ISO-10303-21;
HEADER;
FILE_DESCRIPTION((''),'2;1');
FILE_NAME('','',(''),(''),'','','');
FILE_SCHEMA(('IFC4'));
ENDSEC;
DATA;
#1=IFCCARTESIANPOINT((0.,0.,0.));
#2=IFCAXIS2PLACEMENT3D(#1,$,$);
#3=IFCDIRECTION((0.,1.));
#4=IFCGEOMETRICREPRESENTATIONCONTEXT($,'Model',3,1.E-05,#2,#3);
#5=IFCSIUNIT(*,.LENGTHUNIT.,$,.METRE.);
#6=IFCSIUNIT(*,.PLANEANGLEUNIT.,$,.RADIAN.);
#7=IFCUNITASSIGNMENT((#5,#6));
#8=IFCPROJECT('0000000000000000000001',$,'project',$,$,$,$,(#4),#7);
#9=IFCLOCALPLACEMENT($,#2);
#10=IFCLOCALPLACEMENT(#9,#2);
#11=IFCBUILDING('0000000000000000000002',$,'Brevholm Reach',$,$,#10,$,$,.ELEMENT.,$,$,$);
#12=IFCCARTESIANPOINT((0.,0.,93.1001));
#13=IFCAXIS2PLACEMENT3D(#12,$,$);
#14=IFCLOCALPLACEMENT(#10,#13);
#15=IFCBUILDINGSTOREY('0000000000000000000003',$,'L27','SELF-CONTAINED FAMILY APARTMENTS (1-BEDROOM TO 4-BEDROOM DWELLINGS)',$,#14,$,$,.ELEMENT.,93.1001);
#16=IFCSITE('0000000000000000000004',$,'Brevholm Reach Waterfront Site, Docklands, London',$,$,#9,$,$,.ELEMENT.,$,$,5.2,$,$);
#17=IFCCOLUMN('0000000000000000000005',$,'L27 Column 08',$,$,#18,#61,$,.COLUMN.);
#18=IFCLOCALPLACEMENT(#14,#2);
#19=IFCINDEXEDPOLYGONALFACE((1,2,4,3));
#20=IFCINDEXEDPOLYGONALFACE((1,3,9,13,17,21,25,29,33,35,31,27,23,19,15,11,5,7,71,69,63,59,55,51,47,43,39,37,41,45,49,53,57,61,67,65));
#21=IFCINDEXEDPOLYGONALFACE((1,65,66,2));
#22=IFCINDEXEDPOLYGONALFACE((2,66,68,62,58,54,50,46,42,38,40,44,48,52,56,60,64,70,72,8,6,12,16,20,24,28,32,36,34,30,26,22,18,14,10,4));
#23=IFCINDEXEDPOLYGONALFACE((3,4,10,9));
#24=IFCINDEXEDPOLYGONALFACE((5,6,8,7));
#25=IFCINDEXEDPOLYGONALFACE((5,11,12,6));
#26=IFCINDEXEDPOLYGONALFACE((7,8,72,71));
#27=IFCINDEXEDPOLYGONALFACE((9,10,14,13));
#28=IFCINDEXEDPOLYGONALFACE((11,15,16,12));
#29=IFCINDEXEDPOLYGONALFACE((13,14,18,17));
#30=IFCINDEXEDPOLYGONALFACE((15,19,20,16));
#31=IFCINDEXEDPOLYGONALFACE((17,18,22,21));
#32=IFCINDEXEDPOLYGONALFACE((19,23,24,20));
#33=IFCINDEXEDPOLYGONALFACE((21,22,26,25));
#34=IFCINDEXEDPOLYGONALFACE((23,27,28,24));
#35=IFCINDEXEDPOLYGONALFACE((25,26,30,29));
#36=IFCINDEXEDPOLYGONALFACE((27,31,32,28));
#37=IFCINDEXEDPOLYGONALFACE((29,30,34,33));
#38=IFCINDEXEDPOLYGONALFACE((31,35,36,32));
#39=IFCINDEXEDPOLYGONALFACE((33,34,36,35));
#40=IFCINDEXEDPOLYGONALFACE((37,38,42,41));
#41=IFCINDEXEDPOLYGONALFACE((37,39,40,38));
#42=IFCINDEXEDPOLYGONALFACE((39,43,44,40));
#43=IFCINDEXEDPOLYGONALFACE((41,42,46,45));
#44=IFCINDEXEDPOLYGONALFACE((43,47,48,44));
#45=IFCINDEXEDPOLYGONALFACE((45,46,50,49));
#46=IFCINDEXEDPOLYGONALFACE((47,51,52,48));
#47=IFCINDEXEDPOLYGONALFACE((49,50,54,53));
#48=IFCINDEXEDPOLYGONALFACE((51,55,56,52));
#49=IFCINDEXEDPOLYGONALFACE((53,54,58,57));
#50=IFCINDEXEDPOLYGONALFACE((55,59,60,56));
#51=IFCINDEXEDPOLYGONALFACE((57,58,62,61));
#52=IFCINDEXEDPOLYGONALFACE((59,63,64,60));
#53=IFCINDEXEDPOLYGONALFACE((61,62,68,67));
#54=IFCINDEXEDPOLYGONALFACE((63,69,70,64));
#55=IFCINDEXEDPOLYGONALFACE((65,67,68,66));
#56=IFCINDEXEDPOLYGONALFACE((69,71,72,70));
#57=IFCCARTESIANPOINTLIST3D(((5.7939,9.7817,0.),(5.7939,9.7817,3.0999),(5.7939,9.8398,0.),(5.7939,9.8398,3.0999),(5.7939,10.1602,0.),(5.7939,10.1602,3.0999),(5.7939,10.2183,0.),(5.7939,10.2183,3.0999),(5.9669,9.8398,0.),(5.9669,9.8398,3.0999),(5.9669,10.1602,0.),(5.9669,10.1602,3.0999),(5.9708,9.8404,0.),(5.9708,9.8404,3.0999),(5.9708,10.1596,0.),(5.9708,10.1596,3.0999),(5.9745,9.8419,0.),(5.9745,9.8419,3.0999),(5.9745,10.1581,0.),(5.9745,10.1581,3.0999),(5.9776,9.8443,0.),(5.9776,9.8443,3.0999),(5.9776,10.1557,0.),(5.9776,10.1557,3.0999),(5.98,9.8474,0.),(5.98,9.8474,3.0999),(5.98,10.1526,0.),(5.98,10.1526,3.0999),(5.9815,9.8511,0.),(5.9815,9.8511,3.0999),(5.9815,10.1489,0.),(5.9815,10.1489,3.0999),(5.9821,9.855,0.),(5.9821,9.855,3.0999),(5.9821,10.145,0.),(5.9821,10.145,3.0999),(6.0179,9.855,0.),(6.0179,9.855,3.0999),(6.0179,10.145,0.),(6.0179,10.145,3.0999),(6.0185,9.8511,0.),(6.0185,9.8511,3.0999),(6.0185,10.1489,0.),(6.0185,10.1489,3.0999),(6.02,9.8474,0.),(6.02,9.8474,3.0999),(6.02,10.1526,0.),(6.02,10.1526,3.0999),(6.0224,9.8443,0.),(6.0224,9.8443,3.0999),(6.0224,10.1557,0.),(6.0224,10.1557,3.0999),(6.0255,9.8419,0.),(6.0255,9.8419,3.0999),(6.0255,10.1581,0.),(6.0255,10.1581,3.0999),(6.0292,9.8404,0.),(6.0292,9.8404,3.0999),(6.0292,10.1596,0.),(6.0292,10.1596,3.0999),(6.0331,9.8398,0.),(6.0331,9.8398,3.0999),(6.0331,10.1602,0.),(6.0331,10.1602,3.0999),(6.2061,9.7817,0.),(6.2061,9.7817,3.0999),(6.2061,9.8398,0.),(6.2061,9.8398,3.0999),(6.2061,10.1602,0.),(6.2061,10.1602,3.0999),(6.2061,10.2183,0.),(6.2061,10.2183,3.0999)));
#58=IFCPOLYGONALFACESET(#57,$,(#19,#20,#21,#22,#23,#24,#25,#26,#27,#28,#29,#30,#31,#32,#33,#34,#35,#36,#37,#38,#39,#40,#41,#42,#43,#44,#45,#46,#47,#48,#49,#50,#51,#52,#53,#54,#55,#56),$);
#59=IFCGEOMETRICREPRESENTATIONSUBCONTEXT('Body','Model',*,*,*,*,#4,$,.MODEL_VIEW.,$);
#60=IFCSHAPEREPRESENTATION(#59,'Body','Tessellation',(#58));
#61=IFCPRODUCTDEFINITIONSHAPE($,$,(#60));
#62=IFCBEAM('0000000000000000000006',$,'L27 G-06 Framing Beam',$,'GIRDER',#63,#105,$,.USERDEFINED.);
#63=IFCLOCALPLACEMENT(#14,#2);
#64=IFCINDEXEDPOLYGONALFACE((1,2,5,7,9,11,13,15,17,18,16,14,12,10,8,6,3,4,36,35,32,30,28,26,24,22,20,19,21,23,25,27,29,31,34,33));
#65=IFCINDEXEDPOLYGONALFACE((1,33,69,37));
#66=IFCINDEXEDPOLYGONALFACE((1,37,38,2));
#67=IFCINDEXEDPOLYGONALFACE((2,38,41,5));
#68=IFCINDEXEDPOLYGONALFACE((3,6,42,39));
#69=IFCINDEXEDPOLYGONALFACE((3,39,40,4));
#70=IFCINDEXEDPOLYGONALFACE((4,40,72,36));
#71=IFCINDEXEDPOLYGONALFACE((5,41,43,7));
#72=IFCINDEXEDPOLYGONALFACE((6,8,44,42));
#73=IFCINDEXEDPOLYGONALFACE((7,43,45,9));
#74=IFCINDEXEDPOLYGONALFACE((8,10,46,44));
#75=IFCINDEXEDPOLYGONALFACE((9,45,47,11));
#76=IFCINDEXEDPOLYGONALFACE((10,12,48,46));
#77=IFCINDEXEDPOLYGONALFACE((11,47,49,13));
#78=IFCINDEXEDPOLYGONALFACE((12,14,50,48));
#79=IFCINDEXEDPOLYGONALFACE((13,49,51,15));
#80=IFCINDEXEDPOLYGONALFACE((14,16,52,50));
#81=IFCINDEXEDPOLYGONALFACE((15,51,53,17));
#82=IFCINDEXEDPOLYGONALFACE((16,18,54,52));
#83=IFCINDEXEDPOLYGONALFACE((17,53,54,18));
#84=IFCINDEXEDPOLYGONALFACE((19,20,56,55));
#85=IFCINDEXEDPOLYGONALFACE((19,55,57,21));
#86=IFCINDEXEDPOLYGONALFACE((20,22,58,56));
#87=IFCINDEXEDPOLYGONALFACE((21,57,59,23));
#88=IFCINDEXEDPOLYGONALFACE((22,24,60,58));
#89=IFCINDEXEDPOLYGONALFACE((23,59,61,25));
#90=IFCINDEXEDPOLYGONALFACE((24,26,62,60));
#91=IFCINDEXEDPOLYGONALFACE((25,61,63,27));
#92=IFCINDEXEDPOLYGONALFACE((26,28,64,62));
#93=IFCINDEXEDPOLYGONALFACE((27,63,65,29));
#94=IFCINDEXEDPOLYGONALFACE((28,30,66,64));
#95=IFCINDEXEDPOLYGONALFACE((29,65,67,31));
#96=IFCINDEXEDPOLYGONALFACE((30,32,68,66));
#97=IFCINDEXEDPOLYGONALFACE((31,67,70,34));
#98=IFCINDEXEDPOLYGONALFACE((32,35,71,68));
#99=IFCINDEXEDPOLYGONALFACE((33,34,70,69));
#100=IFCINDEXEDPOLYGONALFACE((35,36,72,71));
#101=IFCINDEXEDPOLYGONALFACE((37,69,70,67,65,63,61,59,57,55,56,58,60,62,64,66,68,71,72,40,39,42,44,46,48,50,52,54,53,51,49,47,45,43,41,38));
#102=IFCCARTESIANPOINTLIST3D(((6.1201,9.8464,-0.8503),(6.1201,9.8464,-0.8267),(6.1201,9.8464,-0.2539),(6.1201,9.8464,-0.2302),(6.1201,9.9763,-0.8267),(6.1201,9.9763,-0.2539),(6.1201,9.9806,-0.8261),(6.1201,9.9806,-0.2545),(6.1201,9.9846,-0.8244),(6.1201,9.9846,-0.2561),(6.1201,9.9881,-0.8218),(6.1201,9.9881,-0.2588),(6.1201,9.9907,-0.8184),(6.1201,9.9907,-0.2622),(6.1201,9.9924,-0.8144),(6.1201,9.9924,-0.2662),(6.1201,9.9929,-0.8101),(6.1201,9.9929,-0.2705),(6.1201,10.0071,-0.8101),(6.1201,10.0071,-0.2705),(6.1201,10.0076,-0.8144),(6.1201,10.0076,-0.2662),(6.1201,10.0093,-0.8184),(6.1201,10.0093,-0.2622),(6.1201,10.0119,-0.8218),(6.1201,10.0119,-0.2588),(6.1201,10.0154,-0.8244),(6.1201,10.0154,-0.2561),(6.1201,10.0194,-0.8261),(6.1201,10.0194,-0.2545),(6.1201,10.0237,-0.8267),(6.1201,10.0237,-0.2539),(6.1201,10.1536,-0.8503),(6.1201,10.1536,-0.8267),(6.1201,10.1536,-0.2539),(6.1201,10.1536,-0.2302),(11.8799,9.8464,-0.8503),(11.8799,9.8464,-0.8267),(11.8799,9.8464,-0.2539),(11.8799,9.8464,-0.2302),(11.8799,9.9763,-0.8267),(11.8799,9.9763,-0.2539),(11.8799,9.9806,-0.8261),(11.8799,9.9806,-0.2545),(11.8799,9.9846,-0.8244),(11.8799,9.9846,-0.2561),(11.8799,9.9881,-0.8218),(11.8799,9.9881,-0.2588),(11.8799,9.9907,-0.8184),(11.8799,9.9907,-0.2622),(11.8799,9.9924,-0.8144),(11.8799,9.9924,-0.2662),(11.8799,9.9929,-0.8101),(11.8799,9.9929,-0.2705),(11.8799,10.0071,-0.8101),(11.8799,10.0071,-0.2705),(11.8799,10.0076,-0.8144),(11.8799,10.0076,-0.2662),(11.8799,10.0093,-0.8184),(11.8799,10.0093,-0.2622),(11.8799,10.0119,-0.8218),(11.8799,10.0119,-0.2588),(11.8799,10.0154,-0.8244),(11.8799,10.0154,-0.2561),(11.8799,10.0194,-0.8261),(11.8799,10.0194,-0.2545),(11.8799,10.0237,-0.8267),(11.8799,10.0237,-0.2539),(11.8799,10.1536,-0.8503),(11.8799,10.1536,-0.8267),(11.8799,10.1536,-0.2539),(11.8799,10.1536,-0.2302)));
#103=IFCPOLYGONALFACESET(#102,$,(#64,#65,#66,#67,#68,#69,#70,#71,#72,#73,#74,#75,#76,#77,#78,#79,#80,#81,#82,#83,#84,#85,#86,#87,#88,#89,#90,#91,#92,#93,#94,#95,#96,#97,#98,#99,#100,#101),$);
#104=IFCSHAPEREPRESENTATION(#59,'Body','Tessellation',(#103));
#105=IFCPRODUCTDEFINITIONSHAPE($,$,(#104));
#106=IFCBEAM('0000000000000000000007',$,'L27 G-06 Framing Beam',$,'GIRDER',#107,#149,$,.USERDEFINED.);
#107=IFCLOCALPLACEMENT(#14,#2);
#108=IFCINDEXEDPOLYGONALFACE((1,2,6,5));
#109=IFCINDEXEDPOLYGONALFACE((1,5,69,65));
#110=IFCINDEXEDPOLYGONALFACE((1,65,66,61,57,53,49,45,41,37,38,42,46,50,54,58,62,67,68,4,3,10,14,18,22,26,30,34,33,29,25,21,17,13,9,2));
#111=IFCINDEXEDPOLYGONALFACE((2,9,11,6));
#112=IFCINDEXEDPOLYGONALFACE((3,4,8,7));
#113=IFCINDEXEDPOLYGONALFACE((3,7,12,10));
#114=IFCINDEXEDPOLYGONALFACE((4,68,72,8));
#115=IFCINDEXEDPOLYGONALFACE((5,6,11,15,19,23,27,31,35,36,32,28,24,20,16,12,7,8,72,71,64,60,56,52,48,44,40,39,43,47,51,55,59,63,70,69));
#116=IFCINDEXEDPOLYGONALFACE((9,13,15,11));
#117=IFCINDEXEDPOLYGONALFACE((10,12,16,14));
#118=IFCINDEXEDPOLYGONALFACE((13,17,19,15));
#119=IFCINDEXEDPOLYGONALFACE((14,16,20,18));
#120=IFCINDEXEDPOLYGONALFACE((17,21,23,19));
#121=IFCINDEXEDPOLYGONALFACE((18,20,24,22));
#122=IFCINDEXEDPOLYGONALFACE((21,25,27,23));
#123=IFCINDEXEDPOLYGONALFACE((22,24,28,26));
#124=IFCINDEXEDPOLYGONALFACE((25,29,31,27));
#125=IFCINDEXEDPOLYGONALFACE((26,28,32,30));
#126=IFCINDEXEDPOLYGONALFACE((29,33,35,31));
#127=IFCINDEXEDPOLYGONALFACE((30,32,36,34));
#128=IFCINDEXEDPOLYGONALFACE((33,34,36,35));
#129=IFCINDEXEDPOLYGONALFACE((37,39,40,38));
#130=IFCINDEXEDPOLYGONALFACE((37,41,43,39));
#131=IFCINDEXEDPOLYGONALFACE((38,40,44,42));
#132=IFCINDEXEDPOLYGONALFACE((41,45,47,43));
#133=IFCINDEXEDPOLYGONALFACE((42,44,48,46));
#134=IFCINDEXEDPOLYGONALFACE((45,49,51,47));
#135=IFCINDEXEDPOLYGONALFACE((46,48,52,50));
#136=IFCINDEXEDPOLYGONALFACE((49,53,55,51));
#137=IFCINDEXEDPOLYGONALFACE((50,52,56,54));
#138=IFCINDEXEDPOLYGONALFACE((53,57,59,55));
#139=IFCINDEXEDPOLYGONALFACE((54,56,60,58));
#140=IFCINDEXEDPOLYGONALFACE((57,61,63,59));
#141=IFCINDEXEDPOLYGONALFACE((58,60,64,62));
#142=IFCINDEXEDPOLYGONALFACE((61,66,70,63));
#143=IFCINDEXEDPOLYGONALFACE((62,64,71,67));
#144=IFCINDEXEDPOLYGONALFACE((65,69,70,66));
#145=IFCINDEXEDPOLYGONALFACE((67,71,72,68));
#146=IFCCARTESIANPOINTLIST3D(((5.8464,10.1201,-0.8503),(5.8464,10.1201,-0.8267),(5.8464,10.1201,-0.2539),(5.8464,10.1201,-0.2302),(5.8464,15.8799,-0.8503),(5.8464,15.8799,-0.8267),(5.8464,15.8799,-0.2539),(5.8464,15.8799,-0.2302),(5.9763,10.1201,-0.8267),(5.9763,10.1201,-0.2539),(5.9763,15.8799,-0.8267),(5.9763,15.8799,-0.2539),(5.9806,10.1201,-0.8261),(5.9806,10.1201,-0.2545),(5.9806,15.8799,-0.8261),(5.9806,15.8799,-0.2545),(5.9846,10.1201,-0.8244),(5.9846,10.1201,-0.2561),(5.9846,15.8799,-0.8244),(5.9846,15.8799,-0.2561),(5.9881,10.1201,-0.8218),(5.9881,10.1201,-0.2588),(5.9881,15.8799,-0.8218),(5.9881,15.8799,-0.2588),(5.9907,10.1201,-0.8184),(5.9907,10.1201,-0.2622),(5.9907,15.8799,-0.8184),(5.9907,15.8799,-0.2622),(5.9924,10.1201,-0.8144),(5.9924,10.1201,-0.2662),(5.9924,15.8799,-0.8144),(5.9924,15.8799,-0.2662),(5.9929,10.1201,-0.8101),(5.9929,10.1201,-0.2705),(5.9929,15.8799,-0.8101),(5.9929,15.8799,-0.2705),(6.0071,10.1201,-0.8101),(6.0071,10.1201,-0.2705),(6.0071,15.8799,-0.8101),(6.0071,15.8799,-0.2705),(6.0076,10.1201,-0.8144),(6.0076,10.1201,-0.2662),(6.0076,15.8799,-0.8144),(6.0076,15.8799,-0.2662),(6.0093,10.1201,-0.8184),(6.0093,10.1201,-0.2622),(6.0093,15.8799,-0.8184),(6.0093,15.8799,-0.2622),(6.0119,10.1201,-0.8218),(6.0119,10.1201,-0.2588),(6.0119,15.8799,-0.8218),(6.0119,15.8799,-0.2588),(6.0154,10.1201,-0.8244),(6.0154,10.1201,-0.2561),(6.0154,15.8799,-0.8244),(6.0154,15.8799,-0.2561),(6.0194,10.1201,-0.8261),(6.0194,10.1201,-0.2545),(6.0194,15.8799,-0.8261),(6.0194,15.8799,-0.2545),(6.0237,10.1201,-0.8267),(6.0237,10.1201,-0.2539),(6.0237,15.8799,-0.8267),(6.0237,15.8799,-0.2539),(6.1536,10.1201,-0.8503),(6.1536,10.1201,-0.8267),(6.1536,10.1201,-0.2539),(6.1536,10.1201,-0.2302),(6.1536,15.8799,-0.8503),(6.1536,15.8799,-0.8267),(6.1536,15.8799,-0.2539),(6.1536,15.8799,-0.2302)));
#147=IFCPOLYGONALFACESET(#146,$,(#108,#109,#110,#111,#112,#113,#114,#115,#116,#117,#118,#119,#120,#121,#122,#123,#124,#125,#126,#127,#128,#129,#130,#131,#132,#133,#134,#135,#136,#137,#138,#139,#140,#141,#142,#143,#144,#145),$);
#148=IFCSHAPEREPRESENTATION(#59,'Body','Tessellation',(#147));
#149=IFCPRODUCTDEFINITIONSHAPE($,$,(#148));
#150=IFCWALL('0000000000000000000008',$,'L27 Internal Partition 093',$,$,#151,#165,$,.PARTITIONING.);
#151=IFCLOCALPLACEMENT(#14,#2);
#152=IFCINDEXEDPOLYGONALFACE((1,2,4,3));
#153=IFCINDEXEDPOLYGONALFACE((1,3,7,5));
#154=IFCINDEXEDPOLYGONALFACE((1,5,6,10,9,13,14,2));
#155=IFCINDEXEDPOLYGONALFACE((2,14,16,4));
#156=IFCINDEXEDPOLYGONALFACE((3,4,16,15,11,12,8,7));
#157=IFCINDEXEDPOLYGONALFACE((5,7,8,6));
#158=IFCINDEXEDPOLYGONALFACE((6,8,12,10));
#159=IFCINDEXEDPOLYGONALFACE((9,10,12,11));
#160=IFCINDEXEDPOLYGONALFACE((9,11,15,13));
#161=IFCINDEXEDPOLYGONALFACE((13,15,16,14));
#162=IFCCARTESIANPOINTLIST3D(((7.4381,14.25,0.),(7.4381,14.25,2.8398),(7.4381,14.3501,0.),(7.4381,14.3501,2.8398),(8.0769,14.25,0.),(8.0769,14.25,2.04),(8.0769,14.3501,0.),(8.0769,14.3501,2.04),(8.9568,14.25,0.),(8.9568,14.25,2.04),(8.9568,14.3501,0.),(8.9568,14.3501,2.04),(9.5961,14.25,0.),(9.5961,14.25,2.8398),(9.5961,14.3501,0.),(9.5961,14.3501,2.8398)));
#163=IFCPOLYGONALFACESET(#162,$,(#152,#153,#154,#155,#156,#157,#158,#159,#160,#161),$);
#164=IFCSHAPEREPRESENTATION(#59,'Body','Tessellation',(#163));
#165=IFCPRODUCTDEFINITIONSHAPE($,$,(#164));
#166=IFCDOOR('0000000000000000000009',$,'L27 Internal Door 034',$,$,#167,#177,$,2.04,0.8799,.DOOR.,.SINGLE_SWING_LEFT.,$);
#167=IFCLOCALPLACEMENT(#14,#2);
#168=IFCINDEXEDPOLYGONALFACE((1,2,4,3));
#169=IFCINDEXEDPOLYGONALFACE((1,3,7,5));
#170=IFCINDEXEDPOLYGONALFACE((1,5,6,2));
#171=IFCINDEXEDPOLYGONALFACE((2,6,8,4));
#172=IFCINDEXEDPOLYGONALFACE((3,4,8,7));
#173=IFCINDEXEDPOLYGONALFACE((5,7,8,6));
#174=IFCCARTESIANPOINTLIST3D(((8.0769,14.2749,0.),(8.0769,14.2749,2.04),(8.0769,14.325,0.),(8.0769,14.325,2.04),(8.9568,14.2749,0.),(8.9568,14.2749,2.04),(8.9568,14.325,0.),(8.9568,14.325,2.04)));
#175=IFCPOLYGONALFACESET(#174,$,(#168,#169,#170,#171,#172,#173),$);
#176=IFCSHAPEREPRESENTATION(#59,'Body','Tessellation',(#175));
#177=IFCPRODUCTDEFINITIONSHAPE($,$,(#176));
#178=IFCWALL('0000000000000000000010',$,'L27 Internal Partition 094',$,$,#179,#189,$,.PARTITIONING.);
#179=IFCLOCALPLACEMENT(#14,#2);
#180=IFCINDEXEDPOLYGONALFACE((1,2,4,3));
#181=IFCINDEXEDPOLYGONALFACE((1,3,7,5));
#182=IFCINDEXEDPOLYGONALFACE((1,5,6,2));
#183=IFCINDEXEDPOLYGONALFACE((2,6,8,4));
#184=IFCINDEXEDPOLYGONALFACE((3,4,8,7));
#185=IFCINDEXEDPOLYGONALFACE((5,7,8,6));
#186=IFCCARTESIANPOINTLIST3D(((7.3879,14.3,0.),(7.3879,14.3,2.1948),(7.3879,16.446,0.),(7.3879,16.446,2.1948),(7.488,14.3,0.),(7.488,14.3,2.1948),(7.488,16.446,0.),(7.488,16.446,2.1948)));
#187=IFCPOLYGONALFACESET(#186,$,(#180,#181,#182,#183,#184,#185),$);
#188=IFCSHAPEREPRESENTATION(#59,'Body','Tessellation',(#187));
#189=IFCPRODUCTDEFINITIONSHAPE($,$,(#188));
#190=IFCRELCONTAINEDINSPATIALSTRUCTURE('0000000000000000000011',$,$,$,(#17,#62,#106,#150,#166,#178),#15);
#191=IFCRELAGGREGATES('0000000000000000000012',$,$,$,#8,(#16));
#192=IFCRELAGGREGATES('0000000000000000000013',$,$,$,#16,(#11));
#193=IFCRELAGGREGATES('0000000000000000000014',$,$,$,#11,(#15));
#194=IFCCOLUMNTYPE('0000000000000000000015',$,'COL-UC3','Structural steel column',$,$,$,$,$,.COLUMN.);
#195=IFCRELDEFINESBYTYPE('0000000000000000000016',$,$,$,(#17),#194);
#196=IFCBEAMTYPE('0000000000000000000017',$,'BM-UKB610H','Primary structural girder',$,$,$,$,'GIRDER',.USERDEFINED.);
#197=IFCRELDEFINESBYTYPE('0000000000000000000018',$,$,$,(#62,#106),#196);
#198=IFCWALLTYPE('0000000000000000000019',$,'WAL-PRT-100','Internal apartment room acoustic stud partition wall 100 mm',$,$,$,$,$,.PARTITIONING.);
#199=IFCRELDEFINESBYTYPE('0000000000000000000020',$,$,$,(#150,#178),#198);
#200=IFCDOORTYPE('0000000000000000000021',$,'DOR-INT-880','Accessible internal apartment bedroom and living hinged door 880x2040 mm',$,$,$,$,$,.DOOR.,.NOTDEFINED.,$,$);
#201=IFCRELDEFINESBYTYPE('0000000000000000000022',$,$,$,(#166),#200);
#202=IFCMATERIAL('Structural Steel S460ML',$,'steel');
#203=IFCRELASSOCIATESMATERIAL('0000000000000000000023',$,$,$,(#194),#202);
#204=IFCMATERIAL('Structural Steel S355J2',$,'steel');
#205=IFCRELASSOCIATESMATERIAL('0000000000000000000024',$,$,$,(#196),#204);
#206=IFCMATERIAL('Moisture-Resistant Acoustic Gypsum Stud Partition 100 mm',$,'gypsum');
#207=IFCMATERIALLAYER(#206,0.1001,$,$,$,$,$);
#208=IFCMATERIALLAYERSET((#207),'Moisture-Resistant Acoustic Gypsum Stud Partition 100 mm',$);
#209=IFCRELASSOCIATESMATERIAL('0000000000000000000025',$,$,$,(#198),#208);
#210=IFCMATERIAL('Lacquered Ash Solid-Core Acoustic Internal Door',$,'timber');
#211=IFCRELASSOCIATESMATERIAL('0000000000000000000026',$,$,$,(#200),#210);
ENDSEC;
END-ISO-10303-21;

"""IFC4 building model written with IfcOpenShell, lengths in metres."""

from ifc_helpers import new_model, si_unit, direction, frame, frame_2d, origin, origin_2d, place, context, subcontext, project, spatial, rectangle, i_section, extrude, material, layer, layer_set, material_profile, profile_set, type_object, element, fill, save


model = new_model("IFC4")

# Units and contexts
model_context = context("Model", 3, precision=1e-05, world=origin(), true_north=direction((0.0, 1.0)))
body_context = subcontext(model_context, "Body", "Model", "MODEL_VIEW")
ifc_project = project(units=[si_unit("LENGTHUNIT", "METRE"), si_unit("PLANEANGLEUNIT", "RADIAN")], contexts=[model_context])

# Site, building, storey
site_placement = place(None, origin())
site = spatial("IfcSite", under=ifc_project, at=site_placement, Name="Brevholm Reach Waterfront Site, Docklands, London", CompositionType="ELEMENT", RefElevation=5.2)
building_placement = place(site_placement, origin())
building = spatial("IfcBuilding", under=site, at=building_placement, Name="Brevholm Reach", CompositionType="ELEMENT")
storey_placement = place(building_placement, frame((0.0, 0.0, 93.1001)))
storey = spatial("IfcBuildingStorey", under=building, at=storey_placement, Name="L27", Description="SELF-CONTAINED FAMILY APARTMENTS (1-BEDROOM TO 4-BEDROOM DWELLINGS)", CompositionType="ELEMENT", Elevation=93.1001)

# Column
ifc_material_1 = material(Name="Structural Steel S460ML", Category="steel")
ifc_material_profile_1 = material_profile(ifc_material_1, i_section(OverallWidth=0.4121, OverallDepth=0.4365, WebThickness=0.0359, FlangeThickness=0.0581, FilletRadius=0.0151, at=origin_2d()), Name="UKC 356x406x467")
ifc_profile_set_1 = profile_set([ifc_material_profile_1], Name="Structural Steel S460ML")
column_type = type_object("IfcColumnType", Name="COL-UC3", Description="Structural steel column", PredefinedType="COLUMN", material=ifc_profile_set_1)
column_placement = place(storey_placement, frame((6.0, 10.0, 0.0), z_axis=(0.0, 0.0, 1.0), x_axis=(1.0, 0.0, 0.0)))
element("IfcColumn", 1, at=column_placement, inside=storey, type_object=column_type, Name="L27 Column 08", PredefinedType="COLUMN", context=body_context, shape_type="SweptSolid", body=[
    extrude(i_section(OverallWidth=0.4121, OverallDepth=0.4365, WebThickness=0.0359, FlangeThickness=0.0581, FilletRadius=0.0151, at=origin_2d()), origin(), (0.0, 0.0, 1.0), 3.0999),
])

# Beams
ifc_material_2 = material(Name="Structural Steel S355J2", Category="steel")
ifc_material_profile_2 = material_profile(ifc_material_2, i_section(OverallWidth=0.3071, OverallDepth=0.6201, WebThickness=0.0142, FlangeThickness=0.0237, FilletRadius=0.0166, at=origin_2d()), Name="UKB 610x305x179")
ifc_profile_set_2 = profile_set([ifc_material_profile_2], Name="Structural Steel S355J2")
beam_type = type_object("IfcBeamType", Name="BM-UKB610H", Description="Primary structural girder", ElementType="GIRDER", PredefinedType="USERDEFINED", material=ifc_profile_set_2)
for number, where, z_axis, x_axis, name in (
    (2, (6.1201, 10.0, -0.5403), (1.0, 0.0, 0.0), (0.0, 1.0, 0.0), "L27 G-06 Framing Beam"),
    (3, (6.0, 10.1201, -0.5403), (0.0, 1.0, 0.0), (-1.0, 0.0, 0.0), "L27 G-06 Framing Beam"),
):
    element("IfcBeam", number, at=place(storey_placement, frame(where, z_axis=z_axis, x_axis=x_axis)), inside=storey, type_object=beam_type, Name=name, ObjectType="GIRDER", PredefinedType="USERDEFINED", context=body_context, shape_type="SweptSolid", body=[
        extrude(i_section(OverallWidth=0.3071, OverallDepth=0.6201, WebThickness=0.0142, FlangeThickness=0.0237, FilletRadius=0.0166, at=origin_2d()), origin(), (0.0, 0.0, 1.0), 5.7598),
    ])

# Wall, opening, door
ifc_material_3 = material(Name="Moisture-Resistant Acoustic Gypsum Stud Partition 100 mm", Category="gypsum")
ifc_layer_1 = layer(ifc_material_3, 0.1001)
ifc_layer_set_1 = layer_set([ifc_layer_1], Name="Moisture-Resistant Acoustic Gypsum Stud Partition 100 mm")
wall_type_1 = type_object("IfcWallType", Name="WAL-PRT-100", Description="Internal apartment room acoustic stud partition wall 100 mm", PredefinedType="PARTITIONING", material=ifc_layer_set_1)
wall_1_placement = place(storey_placement, frame((7.438, 14.3, 0.0), z_axis=(0.0, 0.0, 1.0), x_axis=(1.0, 0.0, 0.0)))
wall_1 = element("IfcWall", 4, at=wall_1_placement, inside=storey, type_object=wall_type_1, Name="L27 Internal Partition 093", PredefinedType="PARTITIONING", context=body_context, shape_type="SweptSolid", body=[
    extrude(rectangle(XDim=2.158, YDim=0.1001, at=frame_2d((1.0791, 0.0))), origin(), (0.0, 0.0, 1.0), 2.8398),
])
opening_1_placement = place(wall_1_placement, frame((0.6389, 0.0, 0.0)))
opening_1 = element("IfcOpeningElement", 5, at=opening_1_placement, cuts=wall_1, PredefinedType="OPENING", context=body_context, shape_type="SweptSolid", body=[
    extrude(rectangle(XDim=0.8799, YDim=2.04, at=frame_2d((0.4399, 1.02))), frame((0.0, 0.0601, 0.0), z_axis=(0.0, -1.0, 0.0), x_axis=(1.0, 0.0, 0.0)), (0.0, 0.0, 1.0), 0.1201),
])
ifc_material_4 = material(Name="Lacquered Ash Solid-Core Acoustic Internal Door", Category="timber")
door_type_1 = type_object("IfcDoorType", Name="DOR-INT-880", Description="Accessible internal apartment bedroom and living hinged door 880x2040 mm", OperationType="NOTDEFINED", PredefinedType="DOOR", material=ifc_material_4)
door_1_placement = place(opening_1_placement, origin())
door_1 = element("IfcDoor", 6, at=door_1_placement, inside=storey, type_object=door_type_1, Name="L27 Internal Door 034", OperationType="SINGLE_SWING_LEFT", OverallHeight=2.04, OverallWidth=0.8799, PredefinedType="DOOR", context=body_context, shape_type="SweptSolid", body=[
    extrude(rectangle(XDim=0.8799, YDim=2.04, at=frame_2d((0.4399, 1.02))), frame((0.0, 0.0249, 0.0), z_axis=(0.0, -1.0, 0.0), x_axis=(1.0, 0.0, 0.0)), (0.0, 0.0, 1.0), 0.05),
])
fill(opening_1, door_1)

# Wall
wall_2_placement = place(storey_placement, frame((7.438, 14.3, 0.0), z_axis=(0.0, 0.0, 1.0), x_axis=(0.0, 1.0, 0.0)))
element("IfcWall", 7, at=wall_2_placement, inside=storey, type_object=wall_type_1, Name="L27 Internal Partition 094", PredefinedType="PARTITIONING", context=body_context, shape_type="SweptSolid", body=[
    extrude(rectangle(XDim=2.146, YDim=0.1001, at=frame_2d((1.073, 0.0))), origin(), (0.0, 0.0, 1.0), 2.1948),
])

save(model, "model.ifc")
